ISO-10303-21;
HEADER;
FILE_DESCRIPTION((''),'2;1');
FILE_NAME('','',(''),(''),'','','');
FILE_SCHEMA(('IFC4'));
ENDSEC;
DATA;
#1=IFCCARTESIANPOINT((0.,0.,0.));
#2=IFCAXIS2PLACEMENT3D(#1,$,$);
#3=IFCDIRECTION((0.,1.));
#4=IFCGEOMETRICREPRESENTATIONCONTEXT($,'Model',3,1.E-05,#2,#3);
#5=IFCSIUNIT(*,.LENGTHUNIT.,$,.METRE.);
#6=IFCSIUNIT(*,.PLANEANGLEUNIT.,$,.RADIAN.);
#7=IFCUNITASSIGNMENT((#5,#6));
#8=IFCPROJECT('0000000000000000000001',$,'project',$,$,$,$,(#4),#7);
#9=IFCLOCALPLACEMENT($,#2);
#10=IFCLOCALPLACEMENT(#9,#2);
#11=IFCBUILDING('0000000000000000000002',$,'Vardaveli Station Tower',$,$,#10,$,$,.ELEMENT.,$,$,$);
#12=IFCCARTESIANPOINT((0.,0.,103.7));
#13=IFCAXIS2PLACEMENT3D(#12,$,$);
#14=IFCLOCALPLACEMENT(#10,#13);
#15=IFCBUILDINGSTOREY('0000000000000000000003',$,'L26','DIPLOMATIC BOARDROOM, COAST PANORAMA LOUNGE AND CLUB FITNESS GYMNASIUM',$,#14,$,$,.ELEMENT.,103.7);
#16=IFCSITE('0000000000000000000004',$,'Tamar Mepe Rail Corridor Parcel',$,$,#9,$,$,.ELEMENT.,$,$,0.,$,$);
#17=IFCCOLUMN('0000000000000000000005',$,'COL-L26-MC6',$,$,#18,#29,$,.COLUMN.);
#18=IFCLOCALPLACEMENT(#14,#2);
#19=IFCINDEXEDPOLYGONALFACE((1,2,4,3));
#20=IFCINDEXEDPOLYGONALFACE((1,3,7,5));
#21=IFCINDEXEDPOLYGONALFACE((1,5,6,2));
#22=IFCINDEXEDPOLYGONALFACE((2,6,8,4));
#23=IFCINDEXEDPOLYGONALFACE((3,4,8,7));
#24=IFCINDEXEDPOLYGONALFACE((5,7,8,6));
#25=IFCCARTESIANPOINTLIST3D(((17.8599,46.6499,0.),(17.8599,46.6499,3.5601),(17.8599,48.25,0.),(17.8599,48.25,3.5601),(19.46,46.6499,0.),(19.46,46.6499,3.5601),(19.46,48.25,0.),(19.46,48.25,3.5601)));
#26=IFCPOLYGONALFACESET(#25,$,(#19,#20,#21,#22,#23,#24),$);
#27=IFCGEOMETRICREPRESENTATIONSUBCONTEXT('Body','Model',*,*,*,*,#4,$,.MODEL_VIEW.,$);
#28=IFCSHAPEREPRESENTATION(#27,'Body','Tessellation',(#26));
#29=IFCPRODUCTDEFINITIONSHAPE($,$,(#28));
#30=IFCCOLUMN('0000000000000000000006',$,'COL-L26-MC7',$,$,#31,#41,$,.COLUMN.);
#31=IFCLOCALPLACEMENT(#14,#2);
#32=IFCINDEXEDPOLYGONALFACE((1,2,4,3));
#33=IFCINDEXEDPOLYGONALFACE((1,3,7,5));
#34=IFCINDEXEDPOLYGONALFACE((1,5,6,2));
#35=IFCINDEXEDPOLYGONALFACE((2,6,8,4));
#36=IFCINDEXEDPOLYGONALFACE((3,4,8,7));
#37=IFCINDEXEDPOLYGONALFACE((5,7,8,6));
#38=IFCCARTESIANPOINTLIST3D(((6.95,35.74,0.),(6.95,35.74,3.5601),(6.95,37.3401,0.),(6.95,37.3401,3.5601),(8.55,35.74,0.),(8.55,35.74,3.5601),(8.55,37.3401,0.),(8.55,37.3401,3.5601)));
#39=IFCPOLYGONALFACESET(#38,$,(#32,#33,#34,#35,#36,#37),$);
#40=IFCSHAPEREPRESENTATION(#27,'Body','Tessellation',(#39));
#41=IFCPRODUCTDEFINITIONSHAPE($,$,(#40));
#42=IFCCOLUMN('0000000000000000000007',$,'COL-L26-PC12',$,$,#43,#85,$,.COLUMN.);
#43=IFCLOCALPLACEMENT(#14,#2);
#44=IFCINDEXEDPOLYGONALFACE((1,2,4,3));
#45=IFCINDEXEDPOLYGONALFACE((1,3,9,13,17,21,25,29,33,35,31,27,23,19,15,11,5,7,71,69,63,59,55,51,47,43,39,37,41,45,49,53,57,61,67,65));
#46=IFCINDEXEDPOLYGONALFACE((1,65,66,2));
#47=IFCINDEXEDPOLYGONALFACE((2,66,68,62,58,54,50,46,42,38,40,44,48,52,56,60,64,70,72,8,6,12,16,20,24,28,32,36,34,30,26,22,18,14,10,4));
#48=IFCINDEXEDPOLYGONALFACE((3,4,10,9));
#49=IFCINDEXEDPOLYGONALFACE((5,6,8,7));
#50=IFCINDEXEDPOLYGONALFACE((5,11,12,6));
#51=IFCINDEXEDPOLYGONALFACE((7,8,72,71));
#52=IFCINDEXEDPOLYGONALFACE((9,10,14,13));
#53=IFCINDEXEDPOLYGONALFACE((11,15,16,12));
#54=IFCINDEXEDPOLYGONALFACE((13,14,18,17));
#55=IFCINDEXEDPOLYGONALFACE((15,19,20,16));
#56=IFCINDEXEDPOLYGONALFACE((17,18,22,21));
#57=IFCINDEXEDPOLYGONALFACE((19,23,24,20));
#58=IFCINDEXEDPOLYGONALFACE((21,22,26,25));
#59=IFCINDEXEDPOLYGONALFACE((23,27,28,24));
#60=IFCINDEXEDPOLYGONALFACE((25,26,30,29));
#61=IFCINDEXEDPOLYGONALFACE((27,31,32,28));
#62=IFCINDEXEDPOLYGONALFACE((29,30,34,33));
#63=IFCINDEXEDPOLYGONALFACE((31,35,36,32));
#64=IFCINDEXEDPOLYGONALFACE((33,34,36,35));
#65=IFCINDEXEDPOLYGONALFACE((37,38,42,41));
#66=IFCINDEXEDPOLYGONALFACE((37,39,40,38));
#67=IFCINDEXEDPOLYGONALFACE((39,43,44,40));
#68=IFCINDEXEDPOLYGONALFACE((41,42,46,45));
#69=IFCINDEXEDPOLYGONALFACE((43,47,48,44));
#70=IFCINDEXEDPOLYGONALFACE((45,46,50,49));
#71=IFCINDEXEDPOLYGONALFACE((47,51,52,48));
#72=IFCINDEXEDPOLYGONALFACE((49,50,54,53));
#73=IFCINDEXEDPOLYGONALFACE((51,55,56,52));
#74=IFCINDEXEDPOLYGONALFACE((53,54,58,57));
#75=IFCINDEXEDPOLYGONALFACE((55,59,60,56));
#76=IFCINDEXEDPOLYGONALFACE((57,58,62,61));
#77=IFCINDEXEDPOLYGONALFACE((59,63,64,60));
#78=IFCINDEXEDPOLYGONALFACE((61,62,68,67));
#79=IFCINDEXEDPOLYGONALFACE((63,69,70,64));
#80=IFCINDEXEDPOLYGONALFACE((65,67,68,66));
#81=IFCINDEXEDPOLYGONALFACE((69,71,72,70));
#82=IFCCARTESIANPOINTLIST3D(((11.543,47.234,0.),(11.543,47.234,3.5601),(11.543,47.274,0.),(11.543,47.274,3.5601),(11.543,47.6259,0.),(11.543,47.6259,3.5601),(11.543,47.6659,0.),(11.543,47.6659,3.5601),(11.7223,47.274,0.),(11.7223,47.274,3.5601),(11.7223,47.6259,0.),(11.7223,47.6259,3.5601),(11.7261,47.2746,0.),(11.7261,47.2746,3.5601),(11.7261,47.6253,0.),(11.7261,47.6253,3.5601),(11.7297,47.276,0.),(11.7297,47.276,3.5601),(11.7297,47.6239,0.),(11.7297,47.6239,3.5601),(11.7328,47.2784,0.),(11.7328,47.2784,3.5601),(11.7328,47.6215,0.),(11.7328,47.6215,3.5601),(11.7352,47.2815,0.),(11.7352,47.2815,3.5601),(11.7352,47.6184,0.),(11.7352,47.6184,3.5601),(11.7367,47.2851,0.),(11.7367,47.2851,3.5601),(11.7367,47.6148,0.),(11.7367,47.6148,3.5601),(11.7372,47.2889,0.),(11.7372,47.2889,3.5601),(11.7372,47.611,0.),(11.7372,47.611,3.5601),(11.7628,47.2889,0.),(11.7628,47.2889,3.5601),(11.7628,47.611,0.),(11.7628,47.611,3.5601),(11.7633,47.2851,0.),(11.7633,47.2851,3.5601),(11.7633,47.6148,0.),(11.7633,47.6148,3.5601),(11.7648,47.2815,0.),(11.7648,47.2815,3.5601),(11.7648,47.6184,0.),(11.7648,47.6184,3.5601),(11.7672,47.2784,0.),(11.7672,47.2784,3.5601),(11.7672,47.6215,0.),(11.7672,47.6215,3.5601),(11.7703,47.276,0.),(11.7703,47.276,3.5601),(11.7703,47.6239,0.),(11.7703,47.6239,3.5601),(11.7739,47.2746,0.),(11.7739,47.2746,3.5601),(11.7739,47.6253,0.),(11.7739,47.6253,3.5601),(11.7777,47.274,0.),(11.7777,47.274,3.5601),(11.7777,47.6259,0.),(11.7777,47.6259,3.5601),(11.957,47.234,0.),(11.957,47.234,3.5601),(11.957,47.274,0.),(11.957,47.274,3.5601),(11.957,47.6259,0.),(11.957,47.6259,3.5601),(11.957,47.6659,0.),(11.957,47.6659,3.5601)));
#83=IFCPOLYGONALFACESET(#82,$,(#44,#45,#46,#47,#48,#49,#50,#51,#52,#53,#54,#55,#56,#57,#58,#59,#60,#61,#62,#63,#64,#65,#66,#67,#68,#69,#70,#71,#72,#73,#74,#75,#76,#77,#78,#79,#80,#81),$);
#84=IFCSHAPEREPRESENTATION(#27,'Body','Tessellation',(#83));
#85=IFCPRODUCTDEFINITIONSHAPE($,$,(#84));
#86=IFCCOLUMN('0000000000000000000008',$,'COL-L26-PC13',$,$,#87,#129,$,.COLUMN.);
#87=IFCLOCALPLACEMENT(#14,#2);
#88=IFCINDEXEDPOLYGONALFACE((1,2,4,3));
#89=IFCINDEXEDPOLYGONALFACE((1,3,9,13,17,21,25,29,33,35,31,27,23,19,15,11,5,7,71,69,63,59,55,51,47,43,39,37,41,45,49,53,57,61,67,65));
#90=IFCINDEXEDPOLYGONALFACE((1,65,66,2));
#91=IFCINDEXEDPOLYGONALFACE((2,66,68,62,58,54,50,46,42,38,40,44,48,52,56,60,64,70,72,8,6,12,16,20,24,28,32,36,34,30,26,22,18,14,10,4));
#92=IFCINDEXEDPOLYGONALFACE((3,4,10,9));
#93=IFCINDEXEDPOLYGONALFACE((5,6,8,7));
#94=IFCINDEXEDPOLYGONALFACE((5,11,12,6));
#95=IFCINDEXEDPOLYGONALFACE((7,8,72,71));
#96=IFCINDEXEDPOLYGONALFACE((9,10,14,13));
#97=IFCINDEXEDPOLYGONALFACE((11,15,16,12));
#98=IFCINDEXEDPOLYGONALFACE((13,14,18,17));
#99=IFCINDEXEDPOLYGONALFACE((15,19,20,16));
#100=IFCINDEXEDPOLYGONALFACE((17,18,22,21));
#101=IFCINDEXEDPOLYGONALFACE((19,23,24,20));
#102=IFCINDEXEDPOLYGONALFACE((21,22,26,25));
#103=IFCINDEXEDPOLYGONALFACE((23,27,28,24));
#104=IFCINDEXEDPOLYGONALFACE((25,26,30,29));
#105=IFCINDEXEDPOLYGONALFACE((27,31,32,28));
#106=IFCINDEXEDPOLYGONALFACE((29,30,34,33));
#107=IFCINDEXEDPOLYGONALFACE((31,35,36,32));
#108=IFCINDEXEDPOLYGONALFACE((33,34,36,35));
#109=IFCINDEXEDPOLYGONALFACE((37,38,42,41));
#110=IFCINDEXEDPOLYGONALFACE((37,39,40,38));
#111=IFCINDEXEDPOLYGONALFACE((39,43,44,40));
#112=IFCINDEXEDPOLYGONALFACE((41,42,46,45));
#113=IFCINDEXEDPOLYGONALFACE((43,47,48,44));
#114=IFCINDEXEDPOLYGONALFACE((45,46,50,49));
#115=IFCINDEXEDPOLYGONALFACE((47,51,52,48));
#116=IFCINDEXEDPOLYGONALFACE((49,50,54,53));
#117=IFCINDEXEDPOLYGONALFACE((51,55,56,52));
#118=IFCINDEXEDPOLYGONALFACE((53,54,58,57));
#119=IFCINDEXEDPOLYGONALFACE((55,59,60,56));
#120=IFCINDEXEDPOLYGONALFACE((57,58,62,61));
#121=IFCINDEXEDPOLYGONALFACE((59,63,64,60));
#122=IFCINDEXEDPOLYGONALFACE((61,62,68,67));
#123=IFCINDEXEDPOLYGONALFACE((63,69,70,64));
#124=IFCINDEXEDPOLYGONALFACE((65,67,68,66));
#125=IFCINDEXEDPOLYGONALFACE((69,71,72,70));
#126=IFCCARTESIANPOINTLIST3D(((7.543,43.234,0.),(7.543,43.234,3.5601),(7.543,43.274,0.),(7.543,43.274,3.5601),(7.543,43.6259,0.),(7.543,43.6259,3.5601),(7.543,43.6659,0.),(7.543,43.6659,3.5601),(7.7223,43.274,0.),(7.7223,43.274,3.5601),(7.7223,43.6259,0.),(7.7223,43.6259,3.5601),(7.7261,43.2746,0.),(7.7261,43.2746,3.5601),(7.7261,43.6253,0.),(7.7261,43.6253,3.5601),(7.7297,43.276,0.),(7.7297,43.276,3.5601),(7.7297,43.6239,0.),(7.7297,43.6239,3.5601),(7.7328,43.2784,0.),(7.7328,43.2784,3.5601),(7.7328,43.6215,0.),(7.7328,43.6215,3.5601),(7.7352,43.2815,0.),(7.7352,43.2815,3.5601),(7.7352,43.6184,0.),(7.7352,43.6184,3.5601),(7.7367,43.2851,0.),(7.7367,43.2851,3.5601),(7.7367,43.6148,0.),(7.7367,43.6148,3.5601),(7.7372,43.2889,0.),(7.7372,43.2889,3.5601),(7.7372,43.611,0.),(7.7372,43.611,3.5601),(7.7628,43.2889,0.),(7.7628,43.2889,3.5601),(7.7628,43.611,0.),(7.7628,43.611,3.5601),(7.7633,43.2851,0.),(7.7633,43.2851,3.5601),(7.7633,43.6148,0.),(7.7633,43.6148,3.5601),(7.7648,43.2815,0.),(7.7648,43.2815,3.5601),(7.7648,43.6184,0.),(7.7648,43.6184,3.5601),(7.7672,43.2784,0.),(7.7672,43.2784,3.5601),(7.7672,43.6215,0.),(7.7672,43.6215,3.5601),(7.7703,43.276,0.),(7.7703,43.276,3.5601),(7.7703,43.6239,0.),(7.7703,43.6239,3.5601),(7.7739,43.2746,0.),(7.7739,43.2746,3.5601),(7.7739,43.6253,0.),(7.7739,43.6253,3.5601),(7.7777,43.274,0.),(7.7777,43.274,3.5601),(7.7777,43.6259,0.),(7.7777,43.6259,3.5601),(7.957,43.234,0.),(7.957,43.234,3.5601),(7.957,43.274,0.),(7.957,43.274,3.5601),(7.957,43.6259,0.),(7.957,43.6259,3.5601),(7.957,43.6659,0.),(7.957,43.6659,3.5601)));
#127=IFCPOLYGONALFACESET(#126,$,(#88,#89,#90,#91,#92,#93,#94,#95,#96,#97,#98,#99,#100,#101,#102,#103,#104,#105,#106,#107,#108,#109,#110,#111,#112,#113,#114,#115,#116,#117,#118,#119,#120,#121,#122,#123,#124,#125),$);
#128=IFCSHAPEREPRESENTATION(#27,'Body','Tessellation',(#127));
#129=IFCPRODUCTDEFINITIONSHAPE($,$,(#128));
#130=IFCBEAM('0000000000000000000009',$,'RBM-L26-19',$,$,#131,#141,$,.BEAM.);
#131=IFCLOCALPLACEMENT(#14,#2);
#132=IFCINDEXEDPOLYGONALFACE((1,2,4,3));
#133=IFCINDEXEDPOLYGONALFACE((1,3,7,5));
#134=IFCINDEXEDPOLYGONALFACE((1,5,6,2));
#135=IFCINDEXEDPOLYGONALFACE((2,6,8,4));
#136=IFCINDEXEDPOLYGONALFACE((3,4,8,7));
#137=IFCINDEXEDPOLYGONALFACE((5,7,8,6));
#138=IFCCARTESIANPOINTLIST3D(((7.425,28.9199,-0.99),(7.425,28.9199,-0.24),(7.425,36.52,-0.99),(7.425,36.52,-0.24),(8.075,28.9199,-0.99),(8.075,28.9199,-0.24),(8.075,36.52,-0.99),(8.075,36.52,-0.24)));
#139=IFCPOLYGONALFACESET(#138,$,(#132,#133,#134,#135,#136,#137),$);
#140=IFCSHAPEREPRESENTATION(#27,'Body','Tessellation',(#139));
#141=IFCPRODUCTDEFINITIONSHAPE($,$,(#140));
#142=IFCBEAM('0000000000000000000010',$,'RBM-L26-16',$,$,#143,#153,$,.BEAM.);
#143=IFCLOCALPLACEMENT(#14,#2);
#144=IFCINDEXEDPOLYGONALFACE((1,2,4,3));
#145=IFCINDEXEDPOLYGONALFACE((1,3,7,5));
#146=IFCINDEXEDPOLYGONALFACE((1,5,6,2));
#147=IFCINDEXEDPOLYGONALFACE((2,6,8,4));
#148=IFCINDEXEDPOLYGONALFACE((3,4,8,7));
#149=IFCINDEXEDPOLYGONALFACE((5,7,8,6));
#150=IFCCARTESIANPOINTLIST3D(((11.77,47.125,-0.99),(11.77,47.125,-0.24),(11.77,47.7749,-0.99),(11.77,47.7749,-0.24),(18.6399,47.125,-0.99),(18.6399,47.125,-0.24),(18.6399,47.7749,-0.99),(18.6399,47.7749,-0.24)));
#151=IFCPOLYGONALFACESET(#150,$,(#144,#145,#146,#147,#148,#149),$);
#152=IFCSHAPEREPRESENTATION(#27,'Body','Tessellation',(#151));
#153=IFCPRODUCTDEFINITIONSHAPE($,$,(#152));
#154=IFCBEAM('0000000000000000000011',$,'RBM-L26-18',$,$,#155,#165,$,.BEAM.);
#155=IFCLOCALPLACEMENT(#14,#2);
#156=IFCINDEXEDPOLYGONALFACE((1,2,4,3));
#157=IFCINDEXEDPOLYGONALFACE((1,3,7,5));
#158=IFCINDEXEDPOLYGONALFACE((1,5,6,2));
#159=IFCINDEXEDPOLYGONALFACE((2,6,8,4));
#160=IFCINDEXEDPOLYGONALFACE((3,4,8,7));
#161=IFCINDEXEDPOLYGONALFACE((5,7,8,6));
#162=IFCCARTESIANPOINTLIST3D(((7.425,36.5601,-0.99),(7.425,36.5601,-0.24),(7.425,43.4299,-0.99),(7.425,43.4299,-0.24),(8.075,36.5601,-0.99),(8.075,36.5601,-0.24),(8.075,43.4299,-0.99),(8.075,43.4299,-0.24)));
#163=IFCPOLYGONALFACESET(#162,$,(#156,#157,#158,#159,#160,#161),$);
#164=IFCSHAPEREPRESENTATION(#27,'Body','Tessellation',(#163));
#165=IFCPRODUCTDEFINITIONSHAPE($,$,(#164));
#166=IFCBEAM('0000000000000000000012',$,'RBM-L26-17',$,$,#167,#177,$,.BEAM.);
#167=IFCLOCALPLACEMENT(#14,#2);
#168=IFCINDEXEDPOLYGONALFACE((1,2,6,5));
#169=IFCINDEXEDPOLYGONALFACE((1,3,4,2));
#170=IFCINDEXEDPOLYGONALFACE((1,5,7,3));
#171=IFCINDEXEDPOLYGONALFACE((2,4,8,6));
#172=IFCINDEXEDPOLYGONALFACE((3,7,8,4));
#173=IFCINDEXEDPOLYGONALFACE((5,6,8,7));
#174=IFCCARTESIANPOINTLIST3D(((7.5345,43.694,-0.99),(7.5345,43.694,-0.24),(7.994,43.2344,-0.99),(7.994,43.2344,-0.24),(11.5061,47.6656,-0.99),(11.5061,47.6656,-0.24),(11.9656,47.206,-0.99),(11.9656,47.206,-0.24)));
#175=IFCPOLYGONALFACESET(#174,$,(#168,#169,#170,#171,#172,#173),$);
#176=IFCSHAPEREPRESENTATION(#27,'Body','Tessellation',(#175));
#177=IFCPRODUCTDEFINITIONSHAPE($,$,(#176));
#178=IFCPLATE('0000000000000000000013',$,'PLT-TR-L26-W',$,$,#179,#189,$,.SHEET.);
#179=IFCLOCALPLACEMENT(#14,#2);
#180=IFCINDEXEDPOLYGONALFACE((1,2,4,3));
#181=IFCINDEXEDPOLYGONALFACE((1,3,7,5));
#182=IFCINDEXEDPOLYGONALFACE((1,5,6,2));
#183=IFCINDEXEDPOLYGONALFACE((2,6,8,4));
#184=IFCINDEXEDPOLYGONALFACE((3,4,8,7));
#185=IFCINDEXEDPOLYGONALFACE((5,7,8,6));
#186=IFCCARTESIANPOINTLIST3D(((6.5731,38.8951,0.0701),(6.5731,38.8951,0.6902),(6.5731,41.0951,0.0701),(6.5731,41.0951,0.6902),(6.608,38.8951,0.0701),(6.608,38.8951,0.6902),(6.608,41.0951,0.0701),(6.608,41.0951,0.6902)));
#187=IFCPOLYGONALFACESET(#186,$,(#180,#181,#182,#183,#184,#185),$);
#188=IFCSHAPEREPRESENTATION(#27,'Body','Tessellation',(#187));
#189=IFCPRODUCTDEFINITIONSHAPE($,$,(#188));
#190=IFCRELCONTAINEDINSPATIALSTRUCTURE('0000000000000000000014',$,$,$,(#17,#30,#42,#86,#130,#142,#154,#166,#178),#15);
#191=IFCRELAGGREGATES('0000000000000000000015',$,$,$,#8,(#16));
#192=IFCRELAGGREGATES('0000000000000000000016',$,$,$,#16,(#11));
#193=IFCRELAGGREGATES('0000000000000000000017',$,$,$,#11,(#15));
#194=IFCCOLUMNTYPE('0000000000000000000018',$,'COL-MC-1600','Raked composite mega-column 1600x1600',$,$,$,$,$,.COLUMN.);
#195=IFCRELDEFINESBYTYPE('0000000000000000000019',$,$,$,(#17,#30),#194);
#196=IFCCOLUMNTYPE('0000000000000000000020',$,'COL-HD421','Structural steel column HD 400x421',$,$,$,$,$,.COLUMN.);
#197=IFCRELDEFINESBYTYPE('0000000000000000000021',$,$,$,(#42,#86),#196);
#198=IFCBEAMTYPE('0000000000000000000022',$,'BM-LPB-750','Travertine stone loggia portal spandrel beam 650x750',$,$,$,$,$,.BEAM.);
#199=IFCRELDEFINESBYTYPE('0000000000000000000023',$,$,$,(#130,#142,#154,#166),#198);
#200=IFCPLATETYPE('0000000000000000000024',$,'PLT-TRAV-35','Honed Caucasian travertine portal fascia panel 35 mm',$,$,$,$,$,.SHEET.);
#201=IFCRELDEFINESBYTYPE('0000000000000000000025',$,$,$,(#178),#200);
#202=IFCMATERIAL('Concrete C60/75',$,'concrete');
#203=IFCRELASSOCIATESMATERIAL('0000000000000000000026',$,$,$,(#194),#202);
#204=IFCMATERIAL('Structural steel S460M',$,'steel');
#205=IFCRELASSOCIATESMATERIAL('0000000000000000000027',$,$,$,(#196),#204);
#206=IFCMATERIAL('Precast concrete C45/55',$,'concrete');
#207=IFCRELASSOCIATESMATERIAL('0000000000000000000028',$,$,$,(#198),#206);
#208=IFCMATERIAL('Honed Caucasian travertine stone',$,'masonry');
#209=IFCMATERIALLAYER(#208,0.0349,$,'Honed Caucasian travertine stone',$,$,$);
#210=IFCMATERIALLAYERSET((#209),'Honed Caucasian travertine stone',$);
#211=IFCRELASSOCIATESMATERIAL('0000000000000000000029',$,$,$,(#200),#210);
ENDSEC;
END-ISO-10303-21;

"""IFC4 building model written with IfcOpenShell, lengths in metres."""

from ifc_helpers import new_model, si_unit, direction, frame, origin, origin_2d, place, context, subcontext, project, spatial, rectangle, i_section, extrude, source, transform, mapped, material, layer, layer_set, material_profile, profile_set, type_object, element, save


model = new_model("IFC4")

# Units and contexts
model_context = context("Model", 3, precision=1e-05, world=origin(), true_north=direction((0.0, 1.0)))
body_context = subcontext(model_context, "Body", "Model", "MODEL_VIEW")
ifc_project = project(units=[si_unit("LENGTHUNIT", "METRE"), si_unit("PLANEANGLEUNIT", "RADIAN")], contexts=[model_context])

# Site, building, storey
site_placement = place(None, origin())
site = spatial("IfcSite", under=ifc_project, at=site_placement, Name="Tamar Mepe Rail Corridor Parcel", CompositionType="ELEMENT", RefElevation=0.0)
building_placement = place(site_placement, origin())
building = spatial("IfcBuilding", under=site, at=building_placement, Name="Vardaveli Station Tower", CompositionType="ELEMENT")
storey_placement = place(building_placement, frame((0.0, 0.0, 103.7)))
storey = spatial("IfcBuildingStorey", under=building, at=storey_placement, Name="L26", Description="DIPLOMATIC BOARDROOM, COAST PANORAMA LOUNGE AND CLUB FITNESS GYMNASIUM", CompositionType="ELEMENT", Elevation=103.7)

# Columns
ifc_material_1 = material(Name="Concrete C60/75", Category="concrete")
ifc_material_profile_1 = material_profile(ifc_material_1, rectangle(XDim=1.6001, YDim=1.6001, at=origin_2d()), Name="MC 1600x1600")
ifc_profile_set_1 = profile_set([ifc_material_profile_1], Name="Concrete C60/75")
column_type_1 = type_object("IfcColumnType", Name="COL-MC-1600", Description="Raked composite mega-column 1600x1600", PredefinedType="COLUMN", material=ifc_profile_set_1)
shared_shape_1 = source(origin(), body_context, "Body", "SweptSolid", [
    extrude(rectangle(XDim=1.6001, YDim=1.6001, at=origin_2d()), origin(), (0.0, 0.0, 1.0), 3.5601),
])
for number, where, z_axis, x_axis, name in (
    (1, (18.6599, 47.45, 0.0), (0.0, 0.0, 1.0), (1.0, 0.0, 0.0), "COL-L26-MC6"),
    (2, (7.75, 36.54, 0.0), (0.0, 0.0, 1.0), (1.0, 0.0, 0.0), "COL-L26-MC7"),
):
    element("IfcColumn", number, at=place(storey_placement, frame(where, z_axis=z_axis, x_axis=x_axis)), inside=storey, type_object=column_type_1, Name=name, PredefinedType="COLUMN", context=body_context, shape_type="MappedRepresentation", body=[
        mapped(shared_shape_1, transform((0.0, 0.0, 0.0), scale=1.0)),
    ])
ifc_material_2 = material(Name="Structural steel S460M", Category="steel")
ifc_material_profile_2 = material_profile(ifc_material_2, i_section(OverallWidth=0.4141, OverallDepth=0.4319, WebThickness=0.0256, FlangeThickness=0.04, FilletRadius=0.0149, at=origin_2d()), Name="HD 400x421")
ifc_profile_set_2 = profile_set([ifc_material_profile_2], Name="Structural steel S460M")
column_type_2 = type_object("IfcColumnType", Name="COL-HD421", Description="Structural steel column HD 400x421", PredefinedType="COLUMN", material=ifc_profile_set_2)
shared_shape_2 = source(origin(), body_context, "Body", "SweptSolid", [
    extrude(i_section(OverallWidth=0.4141, OverallDepth=0.4319, WebThickness=0.0256, FlangeThickness=0.04, FilletRadius=0.0149, at=origin_2d()), origin(), (0.0, 0.0, 1.0), 3.5601),
])
for number, where, z_axis, x_axis, name in (
    (3, (11.75, 47.45, 0.0), (0.0, 0.0, 1.0), (1.0, 0.0, 0.0), "COL-L26-PC12"),
    (4, (7.75, 43.45, 0.0), (0.0, 0.0, 1.0), (1.0, 0.0, 0.0), "COL-L26-PC13"),
):
    element("IfcColumn", number, at=place(storey_placement, frame(where, z_axis=z_axis, x_axis=x_axis)), inside=storey, type_object=column_type_2, Name=name, PredefinedType="COLUMN", context=body_context, shape_type="MappedRepresentation", body=[
        mapped(shared_shape_2, transform((0.0, 0.0, 0.0), scale=1.0)),
    ])

# Beams
ifc_material_3 = material(Name="Precast concrete C45/55", Category="concrete")
ifc_material_profile_3 = material_profile(ifc_material_3, rectangle(XDim=0.6499, YDim=0.75, at=origin_2d()), Name="LPB 650x750")
ifc_profile_set_3 = profile_set([ifc_material_profile_3], Name="Precast concrete C45/55")
beam_type = type_object("IfcBeamType", Name="BM-LPB-750", Description="Travertine stone loggia portal spandrel beam 650x750", PredefinedType="BEAM", material=ifc_profile_set_3)
shared_shape_3 = source(origin(), body_context, "Body", "SweptSolid", [
    extrude(rectangle(XDim=0.6499, YDim=0.75, at=origin_2d()), origin(), (0.0, 0.0, 1.0), 7.6001),
])
beam_1_placement = place(storey_placement, frame((7.75, 36.52, -0.615), z_axis=(0.0, -1.0, 0.0), x_axis=(1.0, 0.0, 0.0)))
element("IfcBeam", 5, at=beam_1_placement, inside=storey, type_object=beam_type, Name="RBM-L26-19", PredefinedType="BEAM", context=body_context, shape_type="MappedRepresentation", body=[
    mapped(shared_shape_3, transform((0.0, 0.0, 0.0), scale=1.0)),
])
shared_shape_4 = source(origin(), body_context, "Body", "SweptSolid", [
    extrude(rectangle(XDim=0.6499, YDim=0.75, at=origin_2d()), origin(), (0.0, 0.0, 1.0), 6.8699),
])
for number, where, z_axis, x_axis, name in (
    (6, (18.6399, 47.45, -0.615), (-1.0, 0.0, 0.0), (0.0, -1.0, 0.0), "RBM-L26-16"),
    (7, (7.75, 43.4299, -0.615), (0.0, -1.0, 0.0), (1.0, 0.0, 0.0), "RBM-L26-18"),
):
    element("IfcBeam", number, at=place(storey_placement, frame(where, z_axis=z_axis, x_axis=x_axis)), inside=storey, type_object=beam_type, Name=name, PredefinedType="BEAM", context=body_context, shape_type="MappedRepresentation", body=[
        mapped(shared_shape_4, transform((0.0, 0.0, 0.0), scale=1.0)),
    ])
shared_shape_5 = source(origin(), body_context, "Body", "SweptSolid", [
    extrude(rectangle(XDim=0.6499, YDim=0.75, at=origin_2d()), origin(), (0.0, 0.0, 1.0), 5.6167),
])
beam_2_placement = place(storey_placement, frame((11.7358, 47.4358, -0.615), z_axis=(-0.707107, -0.707107, 0.0), x_axis=(0.707107, -0.707107, 0.0)))
element("IfcBeam", 8, at=beam_2_placement, inside=storey, type_object=beam_type, Name="RBM-L26-17", PredefinedType="BEAM", context=body_context, shape_type="MappedRepresentation", body=[
    mapped(shared_shape_5, transform((0.0, 0.0, 0.0), scale=1.0)),
])

# Plate
ifc_material_4 = material(Name="Honed Caucasian travertine stone", Category="masonry")
ifc_layer_1 = layer(ifc_material_4, 0.0349, Name="Honed Caucasian travertine stone")
ifc_layer_set_1 = layer_set([ifc_layer_1], Name="Honed Caucasian travertine stone")
plate_type = type_object("IfcPlateType", Name="PLT-TRAV-35", Description="Honed Caucasian travertine portal fascia panel 35 mm", PredefinedType="SHEET", material=ifc_layer_set_1)
shared_shape_6 = source(origin(), body_context, "Body", "SweptSolid", [
    extrude(rectangle(XDim=2.2, YDim=0.0349, at=origin_2d()), origin(), (0.0, 0.0, 1.0), 0.6201),
])
plate_placement = place(storey_placement, frame((6.5906, 39.9951, 0.0701), z_axis=(0.0, 0.0, 1.0), x_axis=(0.0, 1.0, 0.0)))
element("IfcPlate", 9, at=plate_placement, inside=storey, type_object=plate_type, Name="PLT-TR-L26-W", PredefinedType="SHEET", context=body_context, shape_type="MappedRepresentation", body=[
    mapped(shared_shape_6, transform((0.0, 0.0, 0.0), scale=1.0)),
])

save(model, "model.ifc")
